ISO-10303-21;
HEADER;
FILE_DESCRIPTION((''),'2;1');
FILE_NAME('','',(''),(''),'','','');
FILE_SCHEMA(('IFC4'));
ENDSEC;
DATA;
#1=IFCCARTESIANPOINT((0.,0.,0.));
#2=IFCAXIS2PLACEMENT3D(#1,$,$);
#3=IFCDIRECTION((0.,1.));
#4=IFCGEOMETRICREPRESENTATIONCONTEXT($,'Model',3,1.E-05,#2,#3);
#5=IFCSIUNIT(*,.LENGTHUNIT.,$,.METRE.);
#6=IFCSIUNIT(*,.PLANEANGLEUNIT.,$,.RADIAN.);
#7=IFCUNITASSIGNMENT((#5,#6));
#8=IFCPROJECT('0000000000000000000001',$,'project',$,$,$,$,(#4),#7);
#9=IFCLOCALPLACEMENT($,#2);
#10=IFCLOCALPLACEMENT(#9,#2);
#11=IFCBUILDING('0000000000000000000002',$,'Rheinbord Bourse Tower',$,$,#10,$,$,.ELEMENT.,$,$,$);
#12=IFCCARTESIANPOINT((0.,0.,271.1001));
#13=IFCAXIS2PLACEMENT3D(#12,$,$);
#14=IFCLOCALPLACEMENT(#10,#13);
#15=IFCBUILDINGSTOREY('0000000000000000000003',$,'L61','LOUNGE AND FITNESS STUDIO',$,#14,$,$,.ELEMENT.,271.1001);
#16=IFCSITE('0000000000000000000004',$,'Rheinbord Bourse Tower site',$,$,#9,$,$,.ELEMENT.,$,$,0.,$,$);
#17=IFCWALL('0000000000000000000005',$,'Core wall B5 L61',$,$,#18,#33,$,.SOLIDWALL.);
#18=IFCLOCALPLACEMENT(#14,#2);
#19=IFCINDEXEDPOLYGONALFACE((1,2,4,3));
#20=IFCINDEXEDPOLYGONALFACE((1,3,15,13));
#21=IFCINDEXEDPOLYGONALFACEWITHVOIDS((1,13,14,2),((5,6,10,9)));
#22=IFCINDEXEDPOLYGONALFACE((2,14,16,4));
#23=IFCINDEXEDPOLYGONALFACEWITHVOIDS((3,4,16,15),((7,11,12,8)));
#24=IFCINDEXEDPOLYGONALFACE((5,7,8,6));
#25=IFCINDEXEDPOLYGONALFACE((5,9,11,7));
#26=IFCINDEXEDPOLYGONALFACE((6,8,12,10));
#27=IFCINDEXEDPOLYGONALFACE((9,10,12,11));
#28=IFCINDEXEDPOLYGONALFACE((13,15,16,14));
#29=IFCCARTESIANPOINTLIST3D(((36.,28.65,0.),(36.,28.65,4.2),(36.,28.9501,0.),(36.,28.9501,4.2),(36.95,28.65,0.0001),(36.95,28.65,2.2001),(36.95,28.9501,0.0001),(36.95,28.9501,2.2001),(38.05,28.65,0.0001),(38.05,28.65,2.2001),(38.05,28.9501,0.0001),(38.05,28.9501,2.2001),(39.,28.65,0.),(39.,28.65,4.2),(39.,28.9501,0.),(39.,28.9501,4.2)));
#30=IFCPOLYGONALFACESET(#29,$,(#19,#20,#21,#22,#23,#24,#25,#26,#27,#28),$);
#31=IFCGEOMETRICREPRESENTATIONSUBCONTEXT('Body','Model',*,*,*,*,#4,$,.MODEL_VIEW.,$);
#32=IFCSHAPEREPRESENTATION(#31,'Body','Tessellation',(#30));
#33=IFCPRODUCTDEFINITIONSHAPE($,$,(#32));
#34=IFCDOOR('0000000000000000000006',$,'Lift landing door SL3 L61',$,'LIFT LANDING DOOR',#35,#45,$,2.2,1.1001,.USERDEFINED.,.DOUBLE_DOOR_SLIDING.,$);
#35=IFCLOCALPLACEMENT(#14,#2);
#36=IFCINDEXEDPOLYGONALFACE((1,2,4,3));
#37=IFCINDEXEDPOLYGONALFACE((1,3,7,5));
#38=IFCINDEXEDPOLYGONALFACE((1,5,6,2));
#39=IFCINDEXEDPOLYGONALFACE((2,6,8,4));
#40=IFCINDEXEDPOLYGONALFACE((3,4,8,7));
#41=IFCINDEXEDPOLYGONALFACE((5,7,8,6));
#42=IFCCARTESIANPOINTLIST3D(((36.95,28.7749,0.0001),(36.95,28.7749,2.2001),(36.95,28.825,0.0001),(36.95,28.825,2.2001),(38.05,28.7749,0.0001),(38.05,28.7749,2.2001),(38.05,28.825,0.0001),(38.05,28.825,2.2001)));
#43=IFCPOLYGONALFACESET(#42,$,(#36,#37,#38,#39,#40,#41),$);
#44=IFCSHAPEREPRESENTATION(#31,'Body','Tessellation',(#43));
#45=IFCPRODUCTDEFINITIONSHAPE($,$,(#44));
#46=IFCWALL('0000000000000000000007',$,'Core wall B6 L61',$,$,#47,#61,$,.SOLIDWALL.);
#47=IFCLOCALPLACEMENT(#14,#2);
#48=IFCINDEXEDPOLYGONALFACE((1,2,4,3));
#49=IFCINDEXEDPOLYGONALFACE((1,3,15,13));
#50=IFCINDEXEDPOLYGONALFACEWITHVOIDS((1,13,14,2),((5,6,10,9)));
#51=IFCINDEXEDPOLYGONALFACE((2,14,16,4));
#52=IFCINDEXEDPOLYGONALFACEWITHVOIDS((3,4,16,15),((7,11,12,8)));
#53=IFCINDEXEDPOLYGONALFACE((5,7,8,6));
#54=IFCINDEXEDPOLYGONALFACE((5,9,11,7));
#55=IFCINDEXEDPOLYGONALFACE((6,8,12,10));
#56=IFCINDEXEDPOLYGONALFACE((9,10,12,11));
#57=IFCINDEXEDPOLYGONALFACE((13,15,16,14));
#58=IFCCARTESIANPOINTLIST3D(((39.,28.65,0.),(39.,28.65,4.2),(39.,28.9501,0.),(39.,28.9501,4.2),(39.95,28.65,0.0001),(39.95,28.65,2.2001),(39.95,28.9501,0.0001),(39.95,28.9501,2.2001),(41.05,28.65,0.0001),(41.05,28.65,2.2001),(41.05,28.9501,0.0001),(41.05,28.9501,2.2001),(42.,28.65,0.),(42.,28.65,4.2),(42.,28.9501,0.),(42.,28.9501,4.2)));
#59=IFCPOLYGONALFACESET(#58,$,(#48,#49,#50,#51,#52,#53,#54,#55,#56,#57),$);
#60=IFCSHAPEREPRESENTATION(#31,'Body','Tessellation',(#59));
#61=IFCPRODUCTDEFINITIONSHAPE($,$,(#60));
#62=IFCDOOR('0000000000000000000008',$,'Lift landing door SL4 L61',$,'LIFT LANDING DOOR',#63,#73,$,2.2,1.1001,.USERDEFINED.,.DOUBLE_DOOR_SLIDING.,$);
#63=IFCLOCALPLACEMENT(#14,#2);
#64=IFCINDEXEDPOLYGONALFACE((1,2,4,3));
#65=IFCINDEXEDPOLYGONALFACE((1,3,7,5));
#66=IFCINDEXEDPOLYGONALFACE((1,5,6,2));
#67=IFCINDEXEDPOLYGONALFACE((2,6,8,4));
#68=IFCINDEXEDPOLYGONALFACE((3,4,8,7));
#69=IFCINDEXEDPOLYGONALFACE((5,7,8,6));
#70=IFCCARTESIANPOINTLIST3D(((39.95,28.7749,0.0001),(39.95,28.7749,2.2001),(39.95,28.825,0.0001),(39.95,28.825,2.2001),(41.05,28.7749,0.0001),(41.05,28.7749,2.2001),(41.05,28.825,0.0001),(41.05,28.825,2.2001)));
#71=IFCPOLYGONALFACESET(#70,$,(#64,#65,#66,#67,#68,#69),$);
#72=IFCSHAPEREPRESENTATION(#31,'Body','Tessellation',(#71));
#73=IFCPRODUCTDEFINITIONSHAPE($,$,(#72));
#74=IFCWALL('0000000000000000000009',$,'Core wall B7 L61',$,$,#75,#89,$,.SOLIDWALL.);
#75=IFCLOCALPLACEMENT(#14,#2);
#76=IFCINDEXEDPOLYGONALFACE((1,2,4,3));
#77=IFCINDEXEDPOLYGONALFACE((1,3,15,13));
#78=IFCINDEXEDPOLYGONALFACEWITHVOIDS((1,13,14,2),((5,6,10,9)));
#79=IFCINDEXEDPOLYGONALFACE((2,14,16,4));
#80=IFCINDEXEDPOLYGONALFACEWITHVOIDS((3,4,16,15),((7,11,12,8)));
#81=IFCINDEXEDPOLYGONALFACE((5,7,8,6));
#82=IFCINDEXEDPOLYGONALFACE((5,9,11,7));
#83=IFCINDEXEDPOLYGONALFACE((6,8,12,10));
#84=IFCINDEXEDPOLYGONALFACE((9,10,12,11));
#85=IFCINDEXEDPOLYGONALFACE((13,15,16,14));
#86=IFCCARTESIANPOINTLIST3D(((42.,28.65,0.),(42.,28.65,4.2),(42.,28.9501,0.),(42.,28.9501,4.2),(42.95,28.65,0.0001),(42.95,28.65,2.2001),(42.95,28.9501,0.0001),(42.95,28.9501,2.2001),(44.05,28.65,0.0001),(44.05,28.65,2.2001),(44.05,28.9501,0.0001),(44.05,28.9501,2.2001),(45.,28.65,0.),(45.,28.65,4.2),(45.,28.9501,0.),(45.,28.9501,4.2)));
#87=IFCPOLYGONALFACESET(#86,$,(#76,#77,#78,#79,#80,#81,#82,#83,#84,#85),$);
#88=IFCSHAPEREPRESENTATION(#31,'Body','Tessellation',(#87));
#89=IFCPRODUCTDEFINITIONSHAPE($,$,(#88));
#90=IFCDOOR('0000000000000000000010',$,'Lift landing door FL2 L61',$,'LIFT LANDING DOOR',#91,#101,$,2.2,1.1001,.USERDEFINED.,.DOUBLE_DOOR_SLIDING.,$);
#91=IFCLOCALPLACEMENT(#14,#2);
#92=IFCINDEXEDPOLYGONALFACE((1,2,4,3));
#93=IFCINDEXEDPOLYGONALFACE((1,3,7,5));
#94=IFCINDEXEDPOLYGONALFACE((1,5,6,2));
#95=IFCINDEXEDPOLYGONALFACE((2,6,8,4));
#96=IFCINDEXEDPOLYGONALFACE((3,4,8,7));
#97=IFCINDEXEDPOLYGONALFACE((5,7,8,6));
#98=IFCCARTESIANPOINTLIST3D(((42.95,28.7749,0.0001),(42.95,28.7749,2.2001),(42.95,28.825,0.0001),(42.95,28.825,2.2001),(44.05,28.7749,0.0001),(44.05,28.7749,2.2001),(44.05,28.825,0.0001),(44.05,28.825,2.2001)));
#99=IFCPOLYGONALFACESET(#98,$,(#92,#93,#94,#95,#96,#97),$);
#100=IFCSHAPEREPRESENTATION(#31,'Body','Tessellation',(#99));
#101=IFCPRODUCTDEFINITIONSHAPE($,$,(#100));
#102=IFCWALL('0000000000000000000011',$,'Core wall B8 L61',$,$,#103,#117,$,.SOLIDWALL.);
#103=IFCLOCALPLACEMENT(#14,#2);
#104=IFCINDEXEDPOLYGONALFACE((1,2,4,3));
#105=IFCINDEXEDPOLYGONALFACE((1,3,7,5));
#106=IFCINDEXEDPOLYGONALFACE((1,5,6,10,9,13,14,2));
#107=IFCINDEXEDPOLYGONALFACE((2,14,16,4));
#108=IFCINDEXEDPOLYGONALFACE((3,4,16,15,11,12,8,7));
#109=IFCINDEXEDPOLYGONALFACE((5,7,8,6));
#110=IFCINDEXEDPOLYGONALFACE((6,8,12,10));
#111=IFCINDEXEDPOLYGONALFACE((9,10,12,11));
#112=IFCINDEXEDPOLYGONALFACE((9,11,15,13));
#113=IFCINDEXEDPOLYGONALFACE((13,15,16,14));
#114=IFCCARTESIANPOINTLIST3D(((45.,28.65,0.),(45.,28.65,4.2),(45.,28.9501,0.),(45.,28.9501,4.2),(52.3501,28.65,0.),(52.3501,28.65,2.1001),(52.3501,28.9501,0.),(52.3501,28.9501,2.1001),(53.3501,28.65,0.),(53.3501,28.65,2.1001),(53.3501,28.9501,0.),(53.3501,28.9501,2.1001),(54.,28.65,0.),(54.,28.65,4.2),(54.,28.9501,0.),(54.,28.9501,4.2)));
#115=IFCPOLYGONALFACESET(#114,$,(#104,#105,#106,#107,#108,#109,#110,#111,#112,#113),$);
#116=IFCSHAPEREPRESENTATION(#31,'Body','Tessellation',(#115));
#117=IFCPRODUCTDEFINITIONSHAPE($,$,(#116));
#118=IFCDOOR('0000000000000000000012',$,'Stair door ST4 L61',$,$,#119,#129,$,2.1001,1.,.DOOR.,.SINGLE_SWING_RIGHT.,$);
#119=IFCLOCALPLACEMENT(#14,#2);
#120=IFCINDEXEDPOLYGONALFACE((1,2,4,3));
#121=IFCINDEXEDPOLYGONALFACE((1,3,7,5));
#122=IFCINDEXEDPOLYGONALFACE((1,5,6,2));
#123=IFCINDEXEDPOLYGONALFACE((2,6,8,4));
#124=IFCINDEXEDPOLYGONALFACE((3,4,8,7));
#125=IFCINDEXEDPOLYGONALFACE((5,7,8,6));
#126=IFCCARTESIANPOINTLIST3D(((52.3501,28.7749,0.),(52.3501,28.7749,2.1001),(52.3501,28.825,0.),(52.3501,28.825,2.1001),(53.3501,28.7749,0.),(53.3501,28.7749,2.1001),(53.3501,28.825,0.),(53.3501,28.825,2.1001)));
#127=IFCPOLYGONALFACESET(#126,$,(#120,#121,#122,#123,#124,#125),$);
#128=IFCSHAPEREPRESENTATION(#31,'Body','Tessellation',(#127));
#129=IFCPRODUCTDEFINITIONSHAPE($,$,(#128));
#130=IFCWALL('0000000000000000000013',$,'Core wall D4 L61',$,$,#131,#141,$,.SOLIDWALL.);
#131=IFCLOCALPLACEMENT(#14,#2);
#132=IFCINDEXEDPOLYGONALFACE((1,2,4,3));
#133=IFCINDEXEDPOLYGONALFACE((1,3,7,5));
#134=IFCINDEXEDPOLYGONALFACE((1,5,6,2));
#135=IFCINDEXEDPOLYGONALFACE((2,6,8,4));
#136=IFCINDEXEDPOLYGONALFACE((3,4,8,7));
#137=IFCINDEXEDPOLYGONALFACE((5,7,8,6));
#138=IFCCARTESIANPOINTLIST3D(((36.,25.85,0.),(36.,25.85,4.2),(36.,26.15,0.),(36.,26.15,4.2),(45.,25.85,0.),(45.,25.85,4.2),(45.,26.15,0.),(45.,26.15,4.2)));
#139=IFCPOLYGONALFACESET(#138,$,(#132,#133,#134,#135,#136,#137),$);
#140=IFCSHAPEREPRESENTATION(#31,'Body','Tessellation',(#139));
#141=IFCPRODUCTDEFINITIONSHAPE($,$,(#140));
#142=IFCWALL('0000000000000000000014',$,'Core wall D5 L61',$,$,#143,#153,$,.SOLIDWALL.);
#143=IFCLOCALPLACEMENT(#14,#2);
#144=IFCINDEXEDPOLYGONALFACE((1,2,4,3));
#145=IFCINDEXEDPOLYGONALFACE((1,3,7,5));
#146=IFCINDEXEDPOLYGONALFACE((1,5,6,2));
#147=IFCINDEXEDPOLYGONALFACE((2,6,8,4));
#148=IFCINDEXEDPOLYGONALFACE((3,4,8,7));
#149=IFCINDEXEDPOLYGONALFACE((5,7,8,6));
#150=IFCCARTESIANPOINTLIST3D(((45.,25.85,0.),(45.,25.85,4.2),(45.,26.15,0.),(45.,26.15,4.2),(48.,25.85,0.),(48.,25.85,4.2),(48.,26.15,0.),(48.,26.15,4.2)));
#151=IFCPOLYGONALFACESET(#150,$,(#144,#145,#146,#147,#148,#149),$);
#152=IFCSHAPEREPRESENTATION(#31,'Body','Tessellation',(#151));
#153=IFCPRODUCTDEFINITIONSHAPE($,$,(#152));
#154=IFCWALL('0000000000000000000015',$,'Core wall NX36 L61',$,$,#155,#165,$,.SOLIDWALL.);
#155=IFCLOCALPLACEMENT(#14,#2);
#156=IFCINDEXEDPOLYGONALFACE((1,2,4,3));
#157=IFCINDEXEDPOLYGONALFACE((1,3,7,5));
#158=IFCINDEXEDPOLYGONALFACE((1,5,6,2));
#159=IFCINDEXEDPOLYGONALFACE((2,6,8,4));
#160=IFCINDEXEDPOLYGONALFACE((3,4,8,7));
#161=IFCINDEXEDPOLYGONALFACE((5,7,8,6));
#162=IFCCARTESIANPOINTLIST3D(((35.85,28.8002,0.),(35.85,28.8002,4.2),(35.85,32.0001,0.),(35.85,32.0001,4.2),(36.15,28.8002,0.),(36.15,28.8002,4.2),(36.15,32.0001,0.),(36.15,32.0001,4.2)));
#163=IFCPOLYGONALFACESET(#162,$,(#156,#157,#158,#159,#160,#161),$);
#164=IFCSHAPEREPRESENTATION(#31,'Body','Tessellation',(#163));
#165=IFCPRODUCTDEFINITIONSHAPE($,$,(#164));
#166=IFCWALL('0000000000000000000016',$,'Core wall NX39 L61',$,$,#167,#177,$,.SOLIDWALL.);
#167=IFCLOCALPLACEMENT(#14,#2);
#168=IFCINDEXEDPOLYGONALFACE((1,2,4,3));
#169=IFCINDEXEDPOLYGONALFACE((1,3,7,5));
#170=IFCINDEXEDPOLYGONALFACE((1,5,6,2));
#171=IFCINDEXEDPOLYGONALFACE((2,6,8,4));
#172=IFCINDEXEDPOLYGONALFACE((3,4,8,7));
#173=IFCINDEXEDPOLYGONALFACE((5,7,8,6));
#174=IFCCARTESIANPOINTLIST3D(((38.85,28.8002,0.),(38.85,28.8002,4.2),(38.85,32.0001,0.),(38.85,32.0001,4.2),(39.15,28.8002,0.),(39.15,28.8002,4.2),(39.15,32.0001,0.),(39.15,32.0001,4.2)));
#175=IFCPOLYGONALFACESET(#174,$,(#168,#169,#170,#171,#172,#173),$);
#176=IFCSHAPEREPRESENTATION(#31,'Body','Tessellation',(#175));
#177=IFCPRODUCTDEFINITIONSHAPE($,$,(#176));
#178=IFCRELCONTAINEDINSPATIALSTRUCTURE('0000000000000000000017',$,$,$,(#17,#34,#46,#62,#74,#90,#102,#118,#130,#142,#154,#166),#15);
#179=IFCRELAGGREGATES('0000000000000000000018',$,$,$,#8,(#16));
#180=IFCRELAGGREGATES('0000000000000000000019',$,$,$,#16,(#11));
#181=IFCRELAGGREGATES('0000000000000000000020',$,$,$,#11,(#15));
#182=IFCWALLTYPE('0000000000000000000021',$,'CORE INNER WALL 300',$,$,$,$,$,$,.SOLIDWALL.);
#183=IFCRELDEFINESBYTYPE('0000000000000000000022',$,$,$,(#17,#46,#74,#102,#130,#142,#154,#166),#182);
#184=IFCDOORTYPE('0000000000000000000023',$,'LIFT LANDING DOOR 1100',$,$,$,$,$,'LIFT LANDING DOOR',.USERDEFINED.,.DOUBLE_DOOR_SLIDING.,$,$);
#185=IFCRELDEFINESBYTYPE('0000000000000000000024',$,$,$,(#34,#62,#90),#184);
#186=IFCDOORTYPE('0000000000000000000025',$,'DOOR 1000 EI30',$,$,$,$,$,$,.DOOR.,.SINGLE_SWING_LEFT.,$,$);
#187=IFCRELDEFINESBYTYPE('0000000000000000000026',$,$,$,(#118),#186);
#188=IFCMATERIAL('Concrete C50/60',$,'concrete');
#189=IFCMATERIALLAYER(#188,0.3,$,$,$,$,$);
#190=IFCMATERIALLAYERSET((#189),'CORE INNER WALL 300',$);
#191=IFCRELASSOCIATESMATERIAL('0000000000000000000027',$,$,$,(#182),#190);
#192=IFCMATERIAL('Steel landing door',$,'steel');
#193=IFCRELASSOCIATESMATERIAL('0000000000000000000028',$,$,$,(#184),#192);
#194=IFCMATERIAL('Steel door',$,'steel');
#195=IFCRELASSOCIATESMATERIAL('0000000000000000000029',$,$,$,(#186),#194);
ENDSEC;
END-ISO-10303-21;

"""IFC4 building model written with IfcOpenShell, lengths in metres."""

from ifc_helpers import new_model, si_unit, direction, frame, frame_2d, origin, place, context, subcontext, project, spatial, rectangle, extrude, material, layer, layer_set, type_object, element, fill, save


model = new_model("IFC4")

# Units and contexts
model_context = context("Model", 3, precision=1e-05, world=origin(), true_north=direction((0.0, 1.0)))
body_context = subcontext(model_context, "Body", "Model", "MODEL_VIEW")
ifc_project = project(units=[si_unit("LENGTHUNIT", "METRE"), si_unit("PLANEANGLEUNIT", "RADIAN")], contexts=[model_context])

# Site, building, storey
site_placement = place(None, origin())
site = spatial("IfcSite", under=ifc_project, at=site_placement, Name="Rheinbord Bourse Tower site", CompositionType="ELEMENT", RefElevation=0.0)
building_placement = place(site_placement, origin())
building = spatial("IfcBuilding", under=site, at=building_placement, Name="Rheinbord Bourse Tower", CompositionType="ELEMENT")
storey_placement = place(building_placement, frame((0.0, 0.0, 271.1001)))
storey = spatial("IfcBuildingStorey", under=building, at=storey_placement, Name="L61", Description="LOUNGE AND FITNESS STUDIO", CompositionType="ELEMENT", Elevation=271.1001)

# Walls, openings, doors
ifc_material_1 = material(Name="Concrete C50/60", Category="concrete")
ifc_layer_1 = layer(ifc_material_1, 0.3)
ifc_layer_set_1 = layer_set([ifc_layer_1], Name="CORE INNER WALL 300")
wall_type_1 = type_object("IfcWallType", Name="CORE INNER WALL 300", PredefinedType="SOLIDWALL", material=ifc_layer_set_1)
wall_1_placement = place(storey_placement, frame((36.0, 28.8, 0.0), z_axis=(0.0, 0.0, 1.0), x_axis=(1.0, 0.0, 0.0)))
wall_1 = element("IfcWall", 1, at=wall_1_placement, inside=storey, type_object=wall_type_1, Name="Core wall B5 L61", PredefinedType="SOLIDWALL", context=body_context, shape_type="SweptSolid", body=[
    extrude(rectangle(XDim=3.0, YDim=0.3, at=frame_2d((1.5, 0.0))), origin(), (0.0, 0.0, 1.0), 4.2),
])
opening_1_placement = place(wall_1_placement, frame((0.95, 0.0, 0.0)))
opening_1 = element("IfcOpeningElement", 2, at=opening_1_placement, cuts=wall_1, PredefinedType="OPENING", context=body_context, shape_type="SweptSolid", body=[
    extrude(rectangle(XDim=1.1001, YDim=2.2, at=frame_2d((0.55, 1.1001))), frame((0.0, 0.1599, 0.0), z_axis=(0.0, -1.0, 0.0), x_axis=(1.0, 0.0, 0.0)), (0.0, 0.0, 1.0), 0.3201),
])
ifc_material_2 = material(Name="Steel landing door", Category="steel")
door_type_1 = type_object("IfcDoorType", Name="LIFT LANDING DOOR 1100", ElementType="LIFT LANDING DOOR", OperationType="DOUBLE_DOOR_SLIDING", PredefinedType="USERDEFINED", material=ifc_material_2)
door_1_placement = place(opening_1_placement, origin())
door_1 = element("IfcDoor", 3, at=door_1_placement, inside=storey, type_object=door_type_1, Name="Lift landing door SL3 L61", ObjectType="LIFT LANDING DOOR", OperationType="DOUBLE_DOOR_SLIDING", OverallHeight=2.2, OverallWidth=1.1001, PredefinedType="USERDEFINED", context=body_context, shape_type="SweptSolid", body=[
    extrude(rectangle(XDim=1.1001, YDim=2.2, at=frame_2d((0.55, 1.1001))), frame((0.0, 0.0249, 0.0), z_axis=(0.0, -1.0, 0.0), x_axis=(1.0, 0.0, 0.0)), (0.0, 0.0, 1.0), 0.05),
])
fill(opening_1, door_1)
wall_2_placement = place(storey_placement, frame((39.0, 28.8, 0.0), z_axis=(0.0, 0.0, 1.0), x_axis=(1.0, 0.0, 0.0)))
wall_2 = element("IfcWall", 4, at=wall_2_placement, inside=storey, type_object=wall_type_1, Name="Core wall B6 L61", PredefinedType="SOLIDWALL", context=body_context, shape_type="SweptSolid", body=[
    extrude(rectangle(XDim=3.0, YDim=0.3, at=frame_2d((1.5, 0.0))), origin(), (0.0, 0.0, 1.0), 4.2),
])
opening_2_placement = place(wall_2_placement, frame((0.95, 0.0, 0.0)))
opening_2 = element("IfcOpeningElement", 5, at=opening_2_placement, cuts=wall_2, PredefinedType="OPENING", context=body_context, shape_type="SweptSolid", body=[
    extrude(rectangle(XDim=1.1001, YDim=2.2, at=frame_2d((0.55, 1.1001))), frame((0.0, 0.1599, 0.0), z_axis=(0.0, -1.0, 0.0), x_axis=(1.0, 0.0, 0.0)), (0.0, 0.0, 1.0), 0.3201),
])
door_2_placement = place(opening_2_placement, origin())
door_2 = element("IfcDoor", 6, at=door_2_placement, inside=storey, type_object=door_type_1, Name="Lift landing door SL4 L61", ObjectType="LIFT LANDING DOOR", OperationType="DOUBLE_DOOR_SLIDING", OverallHeight=2.2, OverallWidth=1.1001, PredefinedType="USERDEFINED", context=body_context, shape_type="SweptSolid", body=[
    extrude(rectangle(XDim=1.1001, YDim=2.2, at=frame_2d((0.55, 1.1001))), frame((0.0, 0.0249, 0.0), z_axis=(0.0, -1.0, 0.0), x_axis=(1.0, 0.0, 0.0)), (0.0, 0.0, 1.0), 0.05),
])
fill(opening_2, door_2)
wall_3_placement = place(storey_placement, frame((42.0, 28.8, 0.0), z_axis=(0.0, 0.0, 1.0), x_axis=(1.0, 0.0, 0.0)))
wall_3 = element("IfcWall", 7, at=wall_3_placement, inside=storey, type_object=wall_type_1, Name="Core wall B7 L61", PredefinedType="SOLIDWALL", context=body_context, shape_type="SweptSolid", body=[
    extrude(rectangle(XDim=3.0, YDim=0.3, at=frame_2d((1.5, 0.0))), origin(), (0.0, 0.0, 1.0), 4.2),
])
opening_3_placement = place(wall_3_placement, frame((0.95, 0.0, 0.0)))
opening_3 = element("IfcOpeningElement", 8, at=opening_3_placement, cuts=wall_3, PredefinedType="OPENING", context=body_context, shape_type="SweptSolid", body=[
    extrude(rectangle(XDim=1.1001, YDim=2.2, at=frame_2d((0.55, 1.1001))), frame((0.0, 0.1599, 0.0), z_axis=(0.0, -1.0, 0.0), x_axis=(1.0, 0.0, 0.0)), (0.0, 0.0, 1.0), 0.3201),
])
door_3_placement = place(opening_3_placement, origin())
door_3 = element("IfcDoor", 9, at=door_3_placement, inside=storey, type_object=door_type_1, Name="Lift landing door FL2 L61", ObjectType="LIFT LANDING DOOR", OperationType="DOUBLE_DOOR_SLIDING", OverallHeight=2.2, OverallWidth=1.1001, PredefinedType="USERDEFINED", context=body_context, shape_type="SweptSolid", body=[
    extrude(rectangle(XDim=1.1001, YDim=2.2, at=frame_2d((0.55, 1.1001))), frame((0.0, 0.0249, 0.0), z_axis=(0.0, -1.0, 0.0), x_axis=(1.0, 0.0, 0.0)), (0.0, 0.0, 1.0), 0.05),
])
fill(opening_3, door_3)
wall_4_placement = place(storey_placement, frame((45.0, 28.8, 0.0), z_axis=(0.0, 0.0, 1.0), x_axis=(1.0, 0.0, 0.0)))
wall_4 = element("IfcWall", 10, at=wall_4_placement, inside=storey, type_object=wall_type_1, Name="Core wall B8 L61", PredefinedType="SOLIDWALL", context=body_context, shape_type="SweptSolid", body=[
    extrude(rectangle(XDim=9.0, YDim=0.3, at=frame_2d((4.5, 0.0))), origin(), (0.0, 0.0, 1.0), 4.2),
])
opening_4_placement = place(wall_4_placement, frame((7.3501, 0.0, 0.0)))
opening_4 = element("IfcOpeningElement", 11, at=opening_4_placement, cuts=wall_4, PredefinedType="OPENING", context=body_context, shape_type="SweptSolid", body=[
    extrude(rectangle(XDim=1.0, YDim=2.1001, at=frame_2d((0.5, 1.05))), frame((0.0, 0.1599, 0.0), z_axis=(0.0, -1.0, 0.0), x_axis=(1.0, 0.0, 0.0)), (0.0, 0.0, 1.0), 0.3201),
])
ifc_material_3 = material(Name="Steel door", Category="steel")
door_type_2 = type_object("IfcDoorType", Name="DOOR 1000 EI30", OperationType="SINGLE_SWING_LEFT", PredefinedType="DOOR", material=ifc_material_3)
door_4_placement = place(opening_4_placement, origin())
door_4 = element("IfcDoor", 12, at=door_4_placement, inside=storey, type_object=door_type_2, Name="Stair door ST4 L61", OperationType="SINGLE_SWING_RIGHT", OverallHeight=2.1001, OverallWidth=1.0, PredefinedType="DOOR", context=body_context, shape_type="SweptSolid", body=[
    extrude(rectangle(XDim=1.0, YDim=2.1001, at=frame_2d((0.5, 1.05))), frame((0.0, 0.0249, 0.0), z_axis=(0.0, -1.0, 0.0), x_axis=(1.0, 0.0, 0.0)), (0.0, 0.0, 1.0), 0.05),
])
fill(opening_4, door_4)

# Walls
wall_5_placement = place(storey_placement, frame((36.0, 26.0, 0.0), z_axis=(0.0, 0.0, 1.0), x_axis=(1.0, 0.0, 0.0)))
element("IfcWall", 13, at=wall_5_placement, inside=storey, type_object=wall_type_1, Name="Core wall D4 L61", PredefinedType="SOLIDWALL", context=body_context, shape_type="SweptSolid", body=[
    extrude(rectangle(XDim=9.0, YDim=0.3, at=frame_2d((4.5, 0.0))), origin(), (0.0, 0.0, 1.0), 4.2),
])
wall_6_placement = place(storey_placement, frame((45.0, 26.0, 0.0), z_axis=(0.0, 0.0, 1.0), x_axis=(1.0, 0.0, 0.0)))
element("IfcWall", 14, at=wall_6_placement, inside=storey, type_object=wall_type_1, Name="Core wall D5 L61", PredefinedType="SOLIDWALL", context=body_context, shape_type="SweptSolid", body=[
    extrude(rectangle(XDim=3.0, YDim=0.3, at=frame_2d((1.5, 0.0))), origin(), (0.0, 0.0, 1.0), 4.2),
])
for number, where, z_axis, x_axis, name in (
    (15, (36.0, 28.8, 0.0), (0.0, 0.0, 1.0), (0.0, 1.0, 0.0), "Core wall NX36 L61"),
    (16, (39.0, 28.8, 0.0), (0.0, 0.0, 1.0), (0.0, 1.0, 0.0), "Core wall NX39 L61"),
):
    element("IfcWall", number, at=place(storey_placement, frame(where, z_axis=z_axis, x_axis=x_axis)), inside=storey, type_object=wall_type_1, Name=name, PredefinedType="SOLIDWALL", context=body_context, shape_type="SweptSolid", body=[
        extrude(rectangle(XDim=3.2, YDim=0.3, at=frame_2d((1.6001, 0.0))), origin(), (0.0, 0.0, 1.0), 4.2),
    ])

save(model, "model.ifc")
